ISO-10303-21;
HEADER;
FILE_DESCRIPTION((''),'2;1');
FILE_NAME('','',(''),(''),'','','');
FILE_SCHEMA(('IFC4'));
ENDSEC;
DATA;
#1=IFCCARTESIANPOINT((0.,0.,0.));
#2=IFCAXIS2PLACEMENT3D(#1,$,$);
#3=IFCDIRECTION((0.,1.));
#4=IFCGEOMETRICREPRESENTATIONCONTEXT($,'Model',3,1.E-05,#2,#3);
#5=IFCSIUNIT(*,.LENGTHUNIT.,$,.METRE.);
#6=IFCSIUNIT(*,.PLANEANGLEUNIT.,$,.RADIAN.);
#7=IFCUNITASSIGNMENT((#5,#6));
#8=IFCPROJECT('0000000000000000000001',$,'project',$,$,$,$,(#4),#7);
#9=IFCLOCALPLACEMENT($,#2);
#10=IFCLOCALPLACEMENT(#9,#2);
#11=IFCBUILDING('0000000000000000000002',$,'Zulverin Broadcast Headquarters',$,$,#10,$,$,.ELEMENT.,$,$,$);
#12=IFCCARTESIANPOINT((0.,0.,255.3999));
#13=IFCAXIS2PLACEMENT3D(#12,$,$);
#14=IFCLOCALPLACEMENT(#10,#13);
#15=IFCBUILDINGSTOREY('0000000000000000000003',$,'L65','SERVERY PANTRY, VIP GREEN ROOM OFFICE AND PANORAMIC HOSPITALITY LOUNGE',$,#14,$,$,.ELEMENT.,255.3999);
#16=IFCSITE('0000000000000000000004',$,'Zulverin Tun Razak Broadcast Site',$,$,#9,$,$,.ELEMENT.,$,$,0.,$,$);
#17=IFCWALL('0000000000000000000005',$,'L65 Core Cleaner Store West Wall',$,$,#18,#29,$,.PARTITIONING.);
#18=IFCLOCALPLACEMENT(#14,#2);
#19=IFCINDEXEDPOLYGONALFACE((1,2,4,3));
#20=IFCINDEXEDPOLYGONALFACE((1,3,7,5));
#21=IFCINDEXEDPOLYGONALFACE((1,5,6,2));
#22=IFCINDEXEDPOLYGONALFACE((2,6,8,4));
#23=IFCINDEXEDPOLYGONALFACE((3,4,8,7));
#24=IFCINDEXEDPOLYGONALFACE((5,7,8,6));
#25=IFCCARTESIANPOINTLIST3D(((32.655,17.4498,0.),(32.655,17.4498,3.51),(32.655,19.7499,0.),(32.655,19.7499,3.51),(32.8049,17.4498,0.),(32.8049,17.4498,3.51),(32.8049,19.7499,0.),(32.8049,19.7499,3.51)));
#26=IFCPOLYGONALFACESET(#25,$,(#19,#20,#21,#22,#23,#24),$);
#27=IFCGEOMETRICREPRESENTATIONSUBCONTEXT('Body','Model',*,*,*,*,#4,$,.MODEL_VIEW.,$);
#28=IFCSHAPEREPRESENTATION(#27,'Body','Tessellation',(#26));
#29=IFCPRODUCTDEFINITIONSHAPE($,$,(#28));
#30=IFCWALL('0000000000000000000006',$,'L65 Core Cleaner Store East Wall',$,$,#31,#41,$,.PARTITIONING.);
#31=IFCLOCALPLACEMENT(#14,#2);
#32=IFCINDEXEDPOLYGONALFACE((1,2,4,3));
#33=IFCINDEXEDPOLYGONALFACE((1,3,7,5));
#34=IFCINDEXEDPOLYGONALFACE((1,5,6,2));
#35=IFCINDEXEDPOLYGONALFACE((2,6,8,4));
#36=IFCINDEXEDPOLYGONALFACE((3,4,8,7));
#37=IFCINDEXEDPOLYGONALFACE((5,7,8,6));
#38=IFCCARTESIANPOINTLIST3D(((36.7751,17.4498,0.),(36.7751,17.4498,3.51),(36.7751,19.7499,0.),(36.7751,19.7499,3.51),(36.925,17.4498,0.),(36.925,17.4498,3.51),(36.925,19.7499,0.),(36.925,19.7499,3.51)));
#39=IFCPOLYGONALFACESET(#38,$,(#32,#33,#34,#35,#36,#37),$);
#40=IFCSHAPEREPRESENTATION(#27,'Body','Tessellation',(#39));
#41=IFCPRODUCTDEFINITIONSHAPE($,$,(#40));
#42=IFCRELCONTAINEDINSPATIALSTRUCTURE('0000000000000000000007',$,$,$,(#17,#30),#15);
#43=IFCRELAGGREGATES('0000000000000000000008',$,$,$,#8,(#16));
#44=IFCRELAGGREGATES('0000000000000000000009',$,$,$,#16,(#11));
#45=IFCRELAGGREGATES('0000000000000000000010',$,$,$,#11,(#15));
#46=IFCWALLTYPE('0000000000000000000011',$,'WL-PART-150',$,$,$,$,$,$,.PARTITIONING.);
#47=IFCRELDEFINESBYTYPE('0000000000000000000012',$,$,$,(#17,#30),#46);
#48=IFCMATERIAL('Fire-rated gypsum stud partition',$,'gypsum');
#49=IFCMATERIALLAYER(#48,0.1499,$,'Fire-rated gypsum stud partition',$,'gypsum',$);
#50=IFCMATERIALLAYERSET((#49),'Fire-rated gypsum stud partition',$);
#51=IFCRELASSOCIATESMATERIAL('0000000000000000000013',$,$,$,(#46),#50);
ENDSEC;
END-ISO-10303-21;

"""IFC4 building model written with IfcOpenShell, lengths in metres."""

from ifc_helpers import new_model, si_unit, direction, frame, frame_2d, origin, place, context, subcontext, project, spatial, rectangle, extrude, material, layer, layer_set, type_object, element, save


model = new_model("IFC4")

# Units and contexts
model_context = context("Model", 3, precision=1e-05, world=origin(), true_north=direction((0.0, 1.0)))
body_context = subcontext(model_context, "Body", "Model", "MODEL_VIEW")
ifc_project = project(units=[si_unit("LENGTHUNIT", "METRE"), si_unit("PLANEANGLEUNIT", "RADIAN")], contexts=[model_context])

# Site, building, storey
site_placement = place(None, origin())
site = spatial("IfcSite", under=ifc_project, at=site_placement, Name="Zulverin Tun Razak Broadcast Site", CompositionType="ELEMENT", RefElevation=0.0)
building_placement = place(site_placement, origin())
building = spatial("IfcBuilding", under=site, at=building_placement, Name="Zulverin Broadcast Headquarters", CompositionType="ELEMENT")
storey_placement = place(building_placement, frame((0.0, 0.0, 255.3999)))
storey = spatial("IfcBuildingStorey", under=building, at=storey_placement, Name="L65", Description="SERVERY PANTRY, VIP GREEN ROOM OFFICE AND PANORAMIC HOSPITALITY LOUNGE", CompositionType="ELEMENT", Elevation=255.3999)

# Shared definitions
ifc_material_1 = material(Name="Fire-rated gypsum stud partition", Category="gypsum")
ifc_layer_1 = layer(ifc_material_1, 0.1499, Name="Fire-rated gypsum stud partition", Category="gypsum")
ifc_layer_set_1 = layer_set([ifc_layer_1], Name="Fire-rated gypsum stud partition")
wall_type_1 = type_object("IfcWallType", Name="WL-PART-150", PredefinedType="PARTITIONING", material=ifc_layer_set_1)

# Walls
for number, where, z_axis, x_axis, name in (
    (1, (32.73, 17.45, 0.0), (0.0, 0.0, 1.0), (0.0, 1.0, 0.0), "L65 Core Cleaner Store West Wall"),
    (2, (36.8501, 17.45, 0.0), (0.0, 0.0, 1.0), (0.0, 1.0, 0.0), "L65 Core Cleaner Store East Wall"),
):
    element("IfcWall", number, at=place(storey_placement, frame(where, z_axis=z_axis, x_axis=x_axis)), inside=storey, type_object=wall_type_1, Name=name, PredefinedType="PARTITIONING", context=body_context, shape_type="SweptSolid", body=[
        extrude(rectangle(XDim=2.3, YDim=0.1499, at=frame_2d((1.1499, 0.0))), origin(), (0.0, 0.0, 1.0), 3.51),
    ])

save(model, "model.ifc")
